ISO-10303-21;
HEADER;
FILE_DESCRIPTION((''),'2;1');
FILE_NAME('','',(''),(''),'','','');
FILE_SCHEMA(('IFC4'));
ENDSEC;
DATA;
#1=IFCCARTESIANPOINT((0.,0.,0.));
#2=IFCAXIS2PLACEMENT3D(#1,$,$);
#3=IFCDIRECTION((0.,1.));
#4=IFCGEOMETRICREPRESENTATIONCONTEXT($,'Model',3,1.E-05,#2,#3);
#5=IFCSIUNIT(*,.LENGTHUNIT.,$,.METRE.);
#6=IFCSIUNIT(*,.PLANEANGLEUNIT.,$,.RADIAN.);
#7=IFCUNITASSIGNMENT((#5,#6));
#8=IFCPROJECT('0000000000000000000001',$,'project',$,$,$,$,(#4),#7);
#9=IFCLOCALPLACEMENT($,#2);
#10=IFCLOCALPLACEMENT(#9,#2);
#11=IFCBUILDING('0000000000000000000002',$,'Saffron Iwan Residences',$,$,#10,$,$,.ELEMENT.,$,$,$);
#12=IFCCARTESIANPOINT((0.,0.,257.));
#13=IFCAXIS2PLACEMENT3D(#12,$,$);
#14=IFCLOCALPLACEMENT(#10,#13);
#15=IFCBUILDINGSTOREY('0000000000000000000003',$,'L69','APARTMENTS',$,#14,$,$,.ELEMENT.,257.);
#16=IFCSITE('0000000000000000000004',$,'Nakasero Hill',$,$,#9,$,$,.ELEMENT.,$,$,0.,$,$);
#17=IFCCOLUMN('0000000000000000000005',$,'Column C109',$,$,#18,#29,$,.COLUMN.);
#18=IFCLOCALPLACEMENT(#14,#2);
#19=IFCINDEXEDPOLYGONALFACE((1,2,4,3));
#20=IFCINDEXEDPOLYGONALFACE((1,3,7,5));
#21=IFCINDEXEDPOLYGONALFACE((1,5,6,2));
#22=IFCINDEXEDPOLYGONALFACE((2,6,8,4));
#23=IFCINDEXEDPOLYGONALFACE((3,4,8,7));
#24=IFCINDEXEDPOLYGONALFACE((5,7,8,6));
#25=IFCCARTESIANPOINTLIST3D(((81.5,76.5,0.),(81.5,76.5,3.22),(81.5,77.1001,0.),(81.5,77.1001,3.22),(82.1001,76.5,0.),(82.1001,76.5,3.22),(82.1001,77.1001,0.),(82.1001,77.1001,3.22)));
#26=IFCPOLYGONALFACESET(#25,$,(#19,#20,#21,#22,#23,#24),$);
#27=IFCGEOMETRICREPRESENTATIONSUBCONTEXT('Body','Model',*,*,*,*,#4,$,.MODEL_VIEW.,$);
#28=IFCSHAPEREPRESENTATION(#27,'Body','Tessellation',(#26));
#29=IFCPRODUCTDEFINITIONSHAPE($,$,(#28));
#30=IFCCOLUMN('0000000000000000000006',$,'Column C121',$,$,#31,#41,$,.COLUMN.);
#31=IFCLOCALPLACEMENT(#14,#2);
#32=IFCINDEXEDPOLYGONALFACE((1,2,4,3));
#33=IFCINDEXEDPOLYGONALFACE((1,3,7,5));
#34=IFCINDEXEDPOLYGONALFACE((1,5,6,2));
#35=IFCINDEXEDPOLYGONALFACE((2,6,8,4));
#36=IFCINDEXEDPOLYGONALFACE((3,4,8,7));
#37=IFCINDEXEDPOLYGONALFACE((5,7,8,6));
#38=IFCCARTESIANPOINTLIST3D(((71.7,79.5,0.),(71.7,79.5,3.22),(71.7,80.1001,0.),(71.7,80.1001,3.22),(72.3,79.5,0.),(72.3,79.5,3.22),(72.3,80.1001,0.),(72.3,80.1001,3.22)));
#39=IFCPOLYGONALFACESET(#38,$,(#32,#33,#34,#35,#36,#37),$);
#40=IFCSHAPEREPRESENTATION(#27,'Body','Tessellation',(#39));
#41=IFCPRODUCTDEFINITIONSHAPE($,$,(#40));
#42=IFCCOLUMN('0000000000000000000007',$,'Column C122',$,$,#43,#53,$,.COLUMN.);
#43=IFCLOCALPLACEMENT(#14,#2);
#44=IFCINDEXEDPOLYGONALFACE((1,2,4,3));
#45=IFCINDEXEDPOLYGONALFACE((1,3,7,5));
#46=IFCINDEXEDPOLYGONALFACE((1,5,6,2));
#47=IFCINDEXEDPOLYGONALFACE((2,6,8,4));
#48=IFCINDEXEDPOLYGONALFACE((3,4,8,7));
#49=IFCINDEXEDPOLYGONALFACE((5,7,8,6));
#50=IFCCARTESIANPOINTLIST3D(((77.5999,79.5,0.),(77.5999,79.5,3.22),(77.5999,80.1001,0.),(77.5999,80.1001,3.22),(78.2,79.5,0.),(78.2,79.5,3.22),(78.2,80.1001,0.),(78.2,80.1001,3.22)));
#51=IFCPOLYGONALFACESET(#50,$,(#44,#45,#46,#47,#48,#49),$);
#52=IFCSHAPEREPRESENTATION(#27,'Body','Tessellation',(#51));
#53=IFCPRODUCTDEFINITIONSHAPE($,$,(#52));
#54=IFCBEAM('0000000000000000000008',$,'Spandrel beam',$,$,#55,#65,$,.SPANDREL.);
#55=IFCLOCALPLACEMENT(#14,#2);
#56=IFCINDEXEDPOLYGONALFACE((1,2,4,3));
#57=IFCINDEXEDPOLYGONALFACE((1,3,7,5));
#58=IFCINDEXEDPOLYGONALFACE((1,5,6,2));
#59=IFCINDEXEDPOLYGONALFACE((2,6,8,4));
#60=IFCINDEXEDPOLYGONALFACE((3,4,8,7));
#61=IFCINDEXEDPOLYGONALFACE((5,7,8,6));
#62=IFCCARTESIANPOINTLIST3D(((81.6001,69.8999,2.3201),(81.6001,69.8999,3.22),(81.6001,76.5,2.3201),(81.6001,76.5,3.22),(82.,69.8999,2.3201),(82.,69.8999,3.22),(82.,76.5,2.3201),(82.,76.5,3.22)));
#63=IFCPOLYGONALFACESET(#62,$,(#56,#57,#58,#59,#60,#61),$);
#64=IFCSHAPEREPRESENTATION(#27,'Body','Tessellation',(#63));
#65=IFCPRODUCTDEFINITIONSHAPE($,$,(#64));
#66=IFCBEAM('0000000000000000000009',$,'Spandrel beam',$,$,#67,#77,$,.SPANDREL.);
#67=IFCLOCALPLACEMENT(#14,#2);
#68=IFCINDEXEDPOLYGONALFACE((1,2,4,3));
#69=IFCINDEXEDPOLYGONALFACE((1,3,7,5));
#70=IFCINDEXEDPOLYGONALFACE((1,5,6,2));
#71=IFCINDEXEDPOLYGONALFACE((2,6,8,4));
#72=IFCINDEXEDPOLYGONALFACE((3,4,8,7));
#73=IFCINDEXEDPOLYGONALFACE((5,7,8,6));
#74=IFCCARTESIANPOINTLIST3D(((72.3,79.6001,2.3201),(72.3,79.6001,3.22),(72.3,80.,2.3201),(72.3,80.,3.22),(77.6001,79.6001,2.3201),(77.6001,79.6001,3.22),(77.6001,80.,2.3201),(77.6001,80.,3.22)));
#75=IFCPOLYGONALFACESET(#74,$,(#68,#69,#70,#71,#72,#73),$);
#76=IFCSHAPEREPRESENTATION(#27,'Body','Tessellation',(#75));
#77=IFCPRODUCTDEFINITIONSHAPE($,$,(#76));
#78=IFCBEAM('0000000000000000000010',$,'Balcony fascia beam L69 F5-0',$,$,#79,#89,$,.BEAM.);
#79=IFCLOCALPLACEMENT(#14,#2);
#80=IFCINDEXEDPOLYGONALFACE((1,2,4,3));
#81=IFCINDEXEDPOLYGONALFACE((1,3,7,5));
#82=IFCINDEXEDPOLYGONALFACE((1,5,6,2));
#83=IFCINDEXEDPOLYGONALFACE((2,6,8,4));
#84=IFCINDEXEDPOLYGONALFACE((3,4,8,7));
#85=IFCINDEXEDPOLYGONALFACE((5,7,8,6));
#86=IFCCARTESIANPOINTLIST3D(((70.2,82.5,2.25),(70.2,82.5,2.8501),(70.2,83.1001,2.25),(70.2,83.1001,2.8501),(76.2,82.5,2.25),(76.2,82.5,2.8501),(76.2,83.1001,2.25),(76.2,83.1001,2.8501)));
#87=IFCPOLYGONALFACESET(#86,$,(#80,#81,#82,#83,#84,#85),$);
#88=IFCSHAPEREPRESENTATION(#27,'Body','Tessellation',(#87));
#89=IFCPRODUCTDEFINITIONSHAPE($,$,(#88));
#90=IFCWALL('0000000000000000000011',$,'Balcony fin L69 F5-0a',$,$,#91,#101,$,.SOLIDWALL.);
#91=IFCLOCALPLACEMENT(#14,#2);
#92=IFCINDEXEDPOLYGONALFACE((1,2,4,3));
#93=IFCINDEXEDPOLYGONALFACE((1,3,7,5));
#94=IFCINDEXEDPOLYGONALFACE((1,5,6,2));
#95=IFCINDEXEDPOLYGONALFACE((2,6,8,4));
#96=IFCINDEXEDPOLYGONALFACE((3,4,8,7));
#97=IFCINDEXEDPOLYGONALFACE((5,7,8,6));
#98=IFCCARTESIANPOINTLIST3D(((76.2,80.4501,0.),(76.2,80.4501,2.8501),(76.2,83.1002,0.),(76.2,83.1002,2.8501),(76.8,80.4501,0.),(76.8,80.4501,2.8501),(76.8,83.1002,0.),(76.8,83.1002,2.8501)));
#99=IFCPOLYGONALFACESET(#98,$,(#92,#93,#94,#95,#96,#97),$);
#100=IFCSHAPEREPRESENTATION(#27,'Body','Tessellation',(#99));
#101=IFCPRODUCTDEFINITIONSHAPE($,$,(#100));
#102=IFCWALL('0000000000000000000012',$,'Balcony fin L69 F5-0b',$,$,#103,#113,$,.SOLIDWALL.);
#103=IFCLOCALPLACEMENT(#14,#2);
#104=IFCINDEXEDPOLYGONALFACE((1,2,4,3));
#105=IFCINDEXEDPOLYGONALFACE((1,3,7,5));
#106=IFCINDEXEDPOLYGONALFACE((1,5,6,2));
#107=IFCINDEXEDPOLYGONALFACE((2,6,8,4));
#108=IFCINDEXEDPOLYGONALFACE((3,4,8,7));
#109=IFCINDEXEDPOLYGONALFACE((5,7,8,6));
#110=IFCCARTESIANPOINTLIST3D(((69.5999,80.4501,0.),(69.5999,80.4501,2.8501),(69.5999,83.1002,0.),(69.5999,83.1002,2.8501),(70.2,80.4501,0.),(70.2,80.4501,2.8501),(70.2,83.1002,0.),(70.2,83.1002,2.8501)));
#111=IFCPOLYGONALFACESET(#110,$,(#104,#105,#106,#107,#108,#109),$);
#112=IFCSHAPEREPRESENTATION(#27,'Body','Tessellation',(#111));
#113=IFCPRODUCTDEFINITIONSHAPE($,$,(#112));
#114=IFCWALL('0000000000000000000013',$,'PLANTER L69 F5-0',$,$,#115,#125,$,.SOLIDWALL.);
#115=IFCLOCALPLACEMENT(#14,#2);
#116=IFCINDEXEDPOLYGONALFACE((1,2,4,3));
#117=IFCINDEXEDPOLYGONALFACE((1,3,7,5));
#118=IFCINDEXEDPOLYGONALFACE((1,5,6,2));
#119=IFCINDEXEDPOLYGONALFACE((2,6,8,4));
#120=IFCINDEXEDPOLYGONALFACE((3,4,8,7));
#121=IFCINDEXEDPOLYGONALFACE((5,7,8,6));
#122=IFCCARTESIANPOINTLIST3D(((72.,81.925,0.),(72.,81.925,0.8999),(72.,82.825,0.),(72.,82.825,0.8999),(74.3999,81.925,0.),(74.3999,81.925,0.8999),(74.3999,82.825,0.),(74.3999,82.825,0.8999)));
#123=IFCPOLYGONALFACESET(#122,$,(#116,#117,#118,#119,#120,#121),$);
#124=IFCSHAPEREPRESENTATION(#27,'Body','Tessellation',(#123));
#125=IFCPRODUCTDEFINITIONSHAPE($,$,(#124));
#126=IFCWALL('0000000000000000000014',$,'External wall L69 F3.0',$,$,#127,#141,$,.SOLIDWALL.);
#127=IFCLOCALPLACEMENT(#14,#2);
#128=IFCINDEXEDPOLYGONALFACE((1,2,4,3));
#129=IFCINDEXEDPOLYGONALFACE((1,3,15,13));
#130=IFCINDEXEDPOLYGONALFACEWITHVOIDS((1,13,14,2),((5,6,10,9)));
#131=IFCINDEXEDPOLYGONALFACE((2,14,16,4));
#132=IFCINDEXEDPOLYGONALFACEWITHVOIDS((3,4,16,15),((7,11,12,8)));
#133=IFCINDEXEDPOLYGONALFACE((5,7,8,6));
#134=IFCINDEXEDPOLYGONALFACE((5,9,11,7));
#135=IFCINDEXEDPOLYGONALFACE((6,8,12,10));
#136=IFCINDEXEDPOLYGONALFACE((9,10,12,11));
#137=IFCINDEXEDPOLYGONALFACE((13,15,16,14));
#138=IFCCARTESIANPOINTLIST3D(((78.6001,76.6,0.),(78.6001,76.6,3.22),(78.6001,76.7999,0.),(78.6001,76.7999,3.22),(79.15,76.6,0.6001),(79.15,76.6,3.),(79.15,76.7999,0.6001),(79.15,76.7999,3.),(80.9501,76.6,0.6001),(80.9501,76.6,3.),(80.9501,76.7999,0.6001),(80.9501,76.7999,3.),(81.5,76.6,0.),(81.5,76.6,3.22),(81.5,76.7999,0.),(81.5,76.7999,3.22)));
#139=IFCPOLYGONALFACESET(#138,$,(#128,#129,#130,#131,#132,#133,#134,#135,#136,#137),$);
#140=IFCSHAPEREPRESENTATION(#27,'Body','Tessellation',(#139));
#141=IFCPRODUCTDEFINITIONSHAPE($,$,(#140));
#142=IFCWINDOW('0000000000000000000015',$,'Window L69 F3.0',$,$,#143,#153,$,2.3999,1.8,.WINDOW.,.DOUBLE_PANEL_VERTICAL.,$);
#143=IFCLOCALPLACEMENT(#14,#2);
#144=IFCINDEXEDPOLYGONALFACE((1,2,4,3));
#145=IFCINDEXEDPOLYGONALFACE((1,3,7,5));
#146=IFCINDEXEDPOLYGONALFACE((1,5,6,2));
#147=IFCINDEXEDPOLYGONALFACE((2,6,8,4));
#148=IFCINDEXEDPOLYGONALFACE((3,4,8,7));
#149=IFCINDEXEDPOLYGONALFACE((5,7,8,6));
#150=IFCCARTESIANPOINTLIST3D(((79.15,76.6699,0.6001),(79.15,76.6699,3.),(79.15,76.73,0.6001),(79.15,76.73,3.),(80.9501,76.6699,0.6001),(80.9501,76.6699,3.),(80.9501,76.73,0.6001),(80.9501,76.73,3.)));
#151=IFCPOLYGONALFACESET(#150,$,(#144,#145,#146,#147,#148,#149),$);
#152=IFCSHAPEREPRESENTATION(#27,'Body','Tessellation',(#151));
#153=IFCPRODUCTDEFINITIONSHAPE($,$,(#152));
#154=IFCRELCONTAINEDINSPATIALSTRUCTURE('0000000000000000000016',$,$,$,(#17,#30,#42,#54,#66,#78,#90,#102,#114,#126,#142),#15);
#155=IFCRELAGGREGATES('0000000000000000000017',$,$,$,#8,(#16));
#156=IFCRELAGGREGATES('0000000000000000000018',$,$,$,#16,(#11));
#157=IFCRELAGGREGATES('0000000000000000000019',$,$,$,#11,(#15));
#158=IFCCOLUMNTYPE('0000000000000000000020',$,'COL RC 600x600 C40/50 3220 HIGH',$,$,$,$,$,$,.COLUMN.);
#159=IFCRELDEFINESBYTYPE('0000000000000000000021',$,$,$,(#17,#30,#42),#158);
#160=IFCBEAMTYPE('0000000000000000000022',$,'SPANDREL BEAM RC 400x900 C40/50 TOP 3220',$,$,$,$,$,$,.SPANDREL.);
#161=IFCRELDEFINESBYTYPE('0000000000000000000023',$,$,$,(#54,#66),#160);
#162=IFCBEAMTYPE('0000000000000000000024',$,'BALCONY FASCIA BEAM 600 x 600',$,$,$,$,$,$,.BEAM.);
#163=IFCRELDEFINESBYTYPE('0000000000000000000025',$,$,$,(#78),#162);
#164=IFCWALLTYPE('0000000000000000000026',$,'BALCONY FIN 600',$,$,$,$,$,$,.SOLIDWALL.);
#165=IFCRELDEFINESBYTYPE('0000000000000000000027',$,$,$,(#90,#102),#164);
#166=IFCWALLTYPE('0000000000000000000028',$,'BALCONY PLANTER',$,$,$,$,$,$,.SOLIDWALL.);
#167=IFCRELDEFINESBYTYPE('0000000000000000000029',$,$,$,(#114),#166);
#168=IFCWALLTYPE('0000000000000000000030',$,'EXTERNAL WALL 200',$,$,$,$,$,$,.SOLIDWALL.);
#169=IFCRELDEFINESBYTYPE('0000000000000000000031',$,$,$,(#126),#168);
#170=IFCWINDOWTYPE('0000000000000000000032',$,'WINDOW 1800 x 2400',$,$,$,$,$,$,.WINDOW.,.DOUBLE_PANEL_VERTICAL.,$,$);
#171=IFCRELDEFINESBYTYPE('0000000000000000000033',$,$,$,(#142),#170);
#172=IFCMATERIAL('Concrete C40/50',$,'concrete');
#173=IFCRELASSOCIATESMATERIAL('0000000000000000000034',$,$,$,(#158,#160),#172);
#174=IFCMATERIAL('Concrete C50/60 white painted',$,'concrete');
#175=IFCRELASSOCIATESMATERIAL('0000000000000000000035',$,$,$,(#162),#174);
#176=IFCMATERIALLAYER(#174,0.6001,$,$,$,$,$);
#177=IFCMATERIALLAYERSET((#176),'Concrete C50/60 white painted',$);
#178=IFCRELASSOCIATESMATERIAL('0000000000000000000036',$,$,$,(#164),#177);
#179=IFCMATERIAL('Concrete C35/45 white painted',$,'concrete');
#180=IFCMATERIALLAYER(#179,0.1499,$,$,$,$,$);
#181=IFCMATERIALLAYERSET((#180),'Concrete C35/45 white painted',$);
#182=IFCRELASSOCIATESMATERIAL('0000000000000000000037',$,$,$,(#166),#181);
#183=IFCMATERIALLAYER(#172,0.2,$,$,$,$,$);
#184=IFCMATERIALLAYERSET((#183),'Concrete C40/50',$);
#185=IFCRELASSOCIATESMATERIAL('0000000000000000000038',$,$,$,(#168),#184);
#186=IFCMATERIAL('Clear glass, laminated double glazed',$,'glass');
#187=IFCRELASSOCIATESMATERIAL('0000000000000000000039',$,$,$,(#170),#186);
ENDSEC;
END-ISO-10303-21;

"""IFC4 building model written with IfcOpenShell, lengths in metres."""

from ifc_helpers import new_model, si_unit, direction, frame, frame_2d, origin, origin_2d, place, context, subcontext, project, spatial, rectangle, extrude, source, transform, mapped, material, layer, layer_set, material_profile, profile_set, type_object, element, fill, save


model = new_model("IFC4")

# Units and contexts
model_context = context("Model", 3, precision=1e-05, world=origin(), true_north=direction((0.0, 1.0)))
body_context = subcontext(model_context, "Body", "Model", "MODEL_VIEW")
ifc_project = project(units=[si_unit("LENGTHUNIT", "METRE"), si_unit("PLANEANGLEUNIT", "RADIAN")], contexts=[model_context])

# Site, building, storey
site_placement = place(None, origin())
site = spatial("IfcSite", under=ifc_project, at=site_placement, Name="Nakasero Hill", CompositionType="ELEMENT", RefElevation=0.0)
building_placement = place(site_placement, origin())
building = spatial("IfcBuilding", under=site, at=building_placement, Name="Saffron Iwan Residences", CompositionType="ELEMENT")
storey_placement = place(building_placement, frame((0.0, 0.0, 257.0)))
storey = spatial("IfcBuildingStorey", under=building, at=storey_placement, Name="L69", Description="APARTMENTS", CompositionType="ELEMENT", Elevation=257.0)

# Columns
ifc_material_1 = material(Name="Concrete C40/50", Category="concrete")
ifc_material_profile_1 = material_profile(ifc_material_1, rectangle(XDim=0.6001, YDim=0.6001, at=origin_2d()), Name="RC 600x600")
ifc_profile_set_1 = profile_set([ifc_material_profile_1], Name="Concrete C40/50")
column_type = type_object("IfcColumnType", Name="COL RC 600x600 C40/50 3220 HIGH", PredefinedType="COLUMN", material=ifc_profile_set_1)
shared_shape_1 = source(origin(), body_context, "Body", "SweptSolid", [
    extrude(rectangle(XDim=0.6001, YDim=0.6001, at=origin_2d()), origin(), (0.0, 0.0, 1.0), 3.22),
])
for number, where, z_axis, x_axis, name in (
    (1, (81.8, 76.8, 0.0), (0.0, 0.0, 1.0), (1.0, 0.0, 0.0), "Column C109"),
    (2, (72.0, 79.8, 0.0), (0.0, 0.0, 1.0), (1.0, 0.0, 0.0), "Column C121"),
    (3, (77.8999, 79.8, 0.0), (0.0, 0.0, 1.0), (1.0, 0.0, 0.0), "Column C122"),
):
    element("IfcColumn", number, at=place(storey_placement, frame(where, z_axis=z_axis, x_axis=x_axis)), inside=storey, type_object=column_type, Name=name, PredefinedType="COLUMN", context=body_context, shape_type="MappedRepresentation", body=[
        mapped(shared_shape_1, transform((0.0, 0.0, 0.0))),
    ])

# Beams
ifc_material_profile_2 = material_profile(ifc_material_1, rectangle(XDim=0.3999, YDim=0.8999, at=origin_2d()), Name="RC 400x900")
ifc_profile_set_2 = profile_set([ifc_material_profile_2], Name="Concrete C40/50")
beam_type_1 = type_object("IfcBeamType", Name="SPANDREL BEAM RC 400x900 C40/50 TOP 3220", PredefinedType="SPANDREL", material=ifc_profile_set_2)
shared_shape_2 = source(origin(), body_context, "Body", "SweptSolid", [
    extrude(rectangle(XDim=0.3999, YDim=0.8999, at=origin_2d()), origin(), (0.0, 0.0, 1.0), 6.6001),
])
beam_1_placement = place(storey_placement, frame((81.8, 76.5, 2.77), z_axis=(0.0, -1.0, 0.0), x_axis=(1.0, 0.0, 0.0)))
element("IfcBeam", 4, at=beam_1_placement, inside=storey, type_object=beam_type_1, Name="Spandrel beam", PredefinedType="SPANDREL", context=body_context, shape_type="MappedRepresentation", body=[
    mapped(shared_shape_2, transform((0.0, 0.0, 0.0))),
])
shared_shape_3 = source(origin(), body_context, "Body", "SweptSolid", [
    extrude(rectangle(XDim=0.3999, YDim=0.8999, at=origin_2d()), origin(), (0.0, 0.0, 1.0), 5.3),
])
beam_2_placement = place(storey_placement, frame((72.3, 79.8, 2.77), z_axis=(1.0, 0.0, 0.0), x_axis=(0.0, 1.0, 0.0)))
element("IfcBeam", 5, at=beam_2_placement, inside=storey, type_object=beam_type_1, Name="Spandrel beam", PredefinedType="SPANDREL", context=body_context, shape_type="MappedRepresentation", body=[
    mapped(shared_shape_3, transform((0.0, 0.0, 0.0))),
])
ifc_material_2 = material(Name="Concrete C50/60 white painted", Category="concrete")
ifc_material_profile_3 = material_profile(ifc_material_2, rectangle(XDim=0.6001, YDim=0.6001, at=origin_2d()), Name="BALCONY FASCIA BEAM 600 x 600")
ifc_profile_set_3 = profile_set([ifc_material_profile_3], Name="Concrete C50/60 white painted")
beam_type_2 = type_object("IfcBeamType", Name="BALCONY FASCIA BEAM 600 x 600", PredefinedType="BEAM", material=ifc_profile_set_3)
shared_shape_4 = source(origin(), body_context, "Body", "SweptSolid", [
    extrude(rectangle(XDim=0.6001, YDim=0.6001, at=origin_2d()), origin(), (0.0, 0.0, 1.0), 6.0),
])
beam_3_placement = place(storey_placement, frame((76.2, 82.8, 2.55), z_axis=(-1.0, 0.0, 0.0), x_axis=(0.0, -1.0, 0.0)))
element("IfcBeam", 6, at=beam_3_placement, inside=storey, type_object=beam_type_2, Name="Balcony fascia beam L69 F5-0", PredefinedType="BEAM", context=body_context, shape_type="MappedRepresentation", body=[
    mapped(shared_shape_4, transform((0.0, 0.0, 0.0))),
])

# Walls
ifc_layer_1 = layer(ifc_material_2, 0.6001)
ifc_layer_set_1 = layer_set([ifc_layer_1], Name="Concrete C50/60 white painted")
wall_type_1 = type_object("IfcWallType", Name="BALCONY FIN 600", PredefinedType="SOLIDWALL", material=ifc_layer_set_1)
for number, where, z_axis, x_axis, name in (
    (7, (76.5, 80.45, 0.0), (0.0, 0.0, 1.0), (0.0, 1.0, 0.0), "Balcony fin L69 F5-0a"),
    (8, (69.8999, 80.45, 0.0), (0.0, 0.0, 1.0), (0.0, 1.0, 0.0), "Balcony fin L69 F5-0b"),
):
    element("IfcWall", number, at=place(storey_placement, frame(where, z_axis=z_axis, x_axis=x_axis)), inside=storey, type_object=wall_type_1, Name=name, PredefinedType="SOLIDWALL", context=body_context, shape_type="SweptSolid", body=[
        extrude(rectangle(XDim=2.6501, YDim=0.6001, at=frame_2d((1.3252, 0.0))), origin(), (0.0, 0.0, 1.0), 2.8501),
    ])
ifc_material_3 = material(Name="Concrete C35/45 white painted", Category="concrete")
ifc_layer_2 = layer(ifc_material_3, 0.1499)
ifc_layer_set_2 = layer_set([ifc_layer_2], Name="Concrete C35/45 white painted")
wall_type_2 = type_object("IfcWallType", Name="BALCONY PLANTER", PredefinedType="SOLIDWALL", material=ifc_layer_set_2)
wall_1_placement = place(storey_placement, frame((74.3999, 82.375, 0.0), z_axis=(0.0, 0.0, 1.0), x_axis=(-1.0, 0.0, 0.0)))
element("IfcWall", 9, at=wall_1_placement, inside=storey, type_object=wall_type_2, Name="PLANTER L69 F5-0", PredefinedType="SOLIDWALL", context=body_context, shape_type="SweptSolid", body=[
    extrude(rectangle(XDim=2.3999, YDim=0.8999, at=frame_2d((1.2, 0.0))), origin(), (0.0, 0.0, 1.0), 0.8999),
])

# Wall, opening, window
ifc_layer_3 = layer(ifc_material_1, 0.2)
ifc_layer_set_3 = layer_set([ifc_layer_3], Name="Concrete C40/50")
wall_type_3 = type_object("IfcWallType", Name="EXTERNAL WALL 200", PredefinedType="SOLIDWALL", material=ifc_layer_set_3)
wall_2_placement = place(storey_placement, frame((81.5, 76.7, 0.0), z_axis=(0.0, 0.0, 1.0), x_axis=(-1.0, 0.0, 0.0)))
wall_2 = element("IfcWall", 10, at=wall_2_placement, inside=storey, type_object=wall_type_3, Name="External wall L69 F3.0", PredefinedType="SOLIDWALL", context=body_context, shape_type="SweptSolid", body=[
    extrude(rectangle(XDim=2.8999, YDim=0.2, at=frame_2d((1.45, 0.0))), origin(), (0.0, 0.0, 1.0), 3.22),
])
opening_1_placement = place(wall_2_placement, frame((0.55, 0.0, 0.6001)))
opening_1 = element("IfcOpeningElement", 11, at=opening_1_placement, cuts=wall_2, PredefinedType="OPENING", context=body_context, shape_type="SweptSolid", body=[
    extrude(rectangle(XDim=1.8, YDim=2.3999, at=frame_2d((0.8999, 1.2))), frame((0.0, 0.1099, 0.0), z_axis=(0.0, -1.0, 0.0), x_axis=(1.0, 0.0, 0.0)), (0.0, 0.0, 1.0), 0.22),
])
ifc_material_4 = material(Name="Clear glass, laminated double glazed", Category="glass")
window_type_1 = type_object("IfcWindowType", Name="WINDOW 1800 x 2400", PartitioningType="DOUBLE_PANEL_VERTICAL", PredefinedType="WINDOW", material=ifc_material_4)
window_1_placement = place(opening_1_placement, origin())
window_1 = element("IfcWindow", 12, at=window_1_placement, inside=storey, type_object=window_type_1, Name="Window L69 F3.0", OverallHeight=2.3999, OverallWidth=1.8, PartitioningType="DOUBLE_PANEL_VERTICAL", PredefinedType="WINDOW", context=body_context, shape_type="SweptSolid", body=[
    extrude(rectangle(XDim=1.8, YDim=2.3999, at=frame_2d((0.8999, 1.2))), frame((0.0, 0.03, 0.0), z_axis=(0.0, -1.0, 0.0), x_axis=(1.0, 0.0, 0.0)), (0.0, 0.0, 1.0), 0.0601),
])
fill(opening_1, window_1)

save(model, "model.ifc")
